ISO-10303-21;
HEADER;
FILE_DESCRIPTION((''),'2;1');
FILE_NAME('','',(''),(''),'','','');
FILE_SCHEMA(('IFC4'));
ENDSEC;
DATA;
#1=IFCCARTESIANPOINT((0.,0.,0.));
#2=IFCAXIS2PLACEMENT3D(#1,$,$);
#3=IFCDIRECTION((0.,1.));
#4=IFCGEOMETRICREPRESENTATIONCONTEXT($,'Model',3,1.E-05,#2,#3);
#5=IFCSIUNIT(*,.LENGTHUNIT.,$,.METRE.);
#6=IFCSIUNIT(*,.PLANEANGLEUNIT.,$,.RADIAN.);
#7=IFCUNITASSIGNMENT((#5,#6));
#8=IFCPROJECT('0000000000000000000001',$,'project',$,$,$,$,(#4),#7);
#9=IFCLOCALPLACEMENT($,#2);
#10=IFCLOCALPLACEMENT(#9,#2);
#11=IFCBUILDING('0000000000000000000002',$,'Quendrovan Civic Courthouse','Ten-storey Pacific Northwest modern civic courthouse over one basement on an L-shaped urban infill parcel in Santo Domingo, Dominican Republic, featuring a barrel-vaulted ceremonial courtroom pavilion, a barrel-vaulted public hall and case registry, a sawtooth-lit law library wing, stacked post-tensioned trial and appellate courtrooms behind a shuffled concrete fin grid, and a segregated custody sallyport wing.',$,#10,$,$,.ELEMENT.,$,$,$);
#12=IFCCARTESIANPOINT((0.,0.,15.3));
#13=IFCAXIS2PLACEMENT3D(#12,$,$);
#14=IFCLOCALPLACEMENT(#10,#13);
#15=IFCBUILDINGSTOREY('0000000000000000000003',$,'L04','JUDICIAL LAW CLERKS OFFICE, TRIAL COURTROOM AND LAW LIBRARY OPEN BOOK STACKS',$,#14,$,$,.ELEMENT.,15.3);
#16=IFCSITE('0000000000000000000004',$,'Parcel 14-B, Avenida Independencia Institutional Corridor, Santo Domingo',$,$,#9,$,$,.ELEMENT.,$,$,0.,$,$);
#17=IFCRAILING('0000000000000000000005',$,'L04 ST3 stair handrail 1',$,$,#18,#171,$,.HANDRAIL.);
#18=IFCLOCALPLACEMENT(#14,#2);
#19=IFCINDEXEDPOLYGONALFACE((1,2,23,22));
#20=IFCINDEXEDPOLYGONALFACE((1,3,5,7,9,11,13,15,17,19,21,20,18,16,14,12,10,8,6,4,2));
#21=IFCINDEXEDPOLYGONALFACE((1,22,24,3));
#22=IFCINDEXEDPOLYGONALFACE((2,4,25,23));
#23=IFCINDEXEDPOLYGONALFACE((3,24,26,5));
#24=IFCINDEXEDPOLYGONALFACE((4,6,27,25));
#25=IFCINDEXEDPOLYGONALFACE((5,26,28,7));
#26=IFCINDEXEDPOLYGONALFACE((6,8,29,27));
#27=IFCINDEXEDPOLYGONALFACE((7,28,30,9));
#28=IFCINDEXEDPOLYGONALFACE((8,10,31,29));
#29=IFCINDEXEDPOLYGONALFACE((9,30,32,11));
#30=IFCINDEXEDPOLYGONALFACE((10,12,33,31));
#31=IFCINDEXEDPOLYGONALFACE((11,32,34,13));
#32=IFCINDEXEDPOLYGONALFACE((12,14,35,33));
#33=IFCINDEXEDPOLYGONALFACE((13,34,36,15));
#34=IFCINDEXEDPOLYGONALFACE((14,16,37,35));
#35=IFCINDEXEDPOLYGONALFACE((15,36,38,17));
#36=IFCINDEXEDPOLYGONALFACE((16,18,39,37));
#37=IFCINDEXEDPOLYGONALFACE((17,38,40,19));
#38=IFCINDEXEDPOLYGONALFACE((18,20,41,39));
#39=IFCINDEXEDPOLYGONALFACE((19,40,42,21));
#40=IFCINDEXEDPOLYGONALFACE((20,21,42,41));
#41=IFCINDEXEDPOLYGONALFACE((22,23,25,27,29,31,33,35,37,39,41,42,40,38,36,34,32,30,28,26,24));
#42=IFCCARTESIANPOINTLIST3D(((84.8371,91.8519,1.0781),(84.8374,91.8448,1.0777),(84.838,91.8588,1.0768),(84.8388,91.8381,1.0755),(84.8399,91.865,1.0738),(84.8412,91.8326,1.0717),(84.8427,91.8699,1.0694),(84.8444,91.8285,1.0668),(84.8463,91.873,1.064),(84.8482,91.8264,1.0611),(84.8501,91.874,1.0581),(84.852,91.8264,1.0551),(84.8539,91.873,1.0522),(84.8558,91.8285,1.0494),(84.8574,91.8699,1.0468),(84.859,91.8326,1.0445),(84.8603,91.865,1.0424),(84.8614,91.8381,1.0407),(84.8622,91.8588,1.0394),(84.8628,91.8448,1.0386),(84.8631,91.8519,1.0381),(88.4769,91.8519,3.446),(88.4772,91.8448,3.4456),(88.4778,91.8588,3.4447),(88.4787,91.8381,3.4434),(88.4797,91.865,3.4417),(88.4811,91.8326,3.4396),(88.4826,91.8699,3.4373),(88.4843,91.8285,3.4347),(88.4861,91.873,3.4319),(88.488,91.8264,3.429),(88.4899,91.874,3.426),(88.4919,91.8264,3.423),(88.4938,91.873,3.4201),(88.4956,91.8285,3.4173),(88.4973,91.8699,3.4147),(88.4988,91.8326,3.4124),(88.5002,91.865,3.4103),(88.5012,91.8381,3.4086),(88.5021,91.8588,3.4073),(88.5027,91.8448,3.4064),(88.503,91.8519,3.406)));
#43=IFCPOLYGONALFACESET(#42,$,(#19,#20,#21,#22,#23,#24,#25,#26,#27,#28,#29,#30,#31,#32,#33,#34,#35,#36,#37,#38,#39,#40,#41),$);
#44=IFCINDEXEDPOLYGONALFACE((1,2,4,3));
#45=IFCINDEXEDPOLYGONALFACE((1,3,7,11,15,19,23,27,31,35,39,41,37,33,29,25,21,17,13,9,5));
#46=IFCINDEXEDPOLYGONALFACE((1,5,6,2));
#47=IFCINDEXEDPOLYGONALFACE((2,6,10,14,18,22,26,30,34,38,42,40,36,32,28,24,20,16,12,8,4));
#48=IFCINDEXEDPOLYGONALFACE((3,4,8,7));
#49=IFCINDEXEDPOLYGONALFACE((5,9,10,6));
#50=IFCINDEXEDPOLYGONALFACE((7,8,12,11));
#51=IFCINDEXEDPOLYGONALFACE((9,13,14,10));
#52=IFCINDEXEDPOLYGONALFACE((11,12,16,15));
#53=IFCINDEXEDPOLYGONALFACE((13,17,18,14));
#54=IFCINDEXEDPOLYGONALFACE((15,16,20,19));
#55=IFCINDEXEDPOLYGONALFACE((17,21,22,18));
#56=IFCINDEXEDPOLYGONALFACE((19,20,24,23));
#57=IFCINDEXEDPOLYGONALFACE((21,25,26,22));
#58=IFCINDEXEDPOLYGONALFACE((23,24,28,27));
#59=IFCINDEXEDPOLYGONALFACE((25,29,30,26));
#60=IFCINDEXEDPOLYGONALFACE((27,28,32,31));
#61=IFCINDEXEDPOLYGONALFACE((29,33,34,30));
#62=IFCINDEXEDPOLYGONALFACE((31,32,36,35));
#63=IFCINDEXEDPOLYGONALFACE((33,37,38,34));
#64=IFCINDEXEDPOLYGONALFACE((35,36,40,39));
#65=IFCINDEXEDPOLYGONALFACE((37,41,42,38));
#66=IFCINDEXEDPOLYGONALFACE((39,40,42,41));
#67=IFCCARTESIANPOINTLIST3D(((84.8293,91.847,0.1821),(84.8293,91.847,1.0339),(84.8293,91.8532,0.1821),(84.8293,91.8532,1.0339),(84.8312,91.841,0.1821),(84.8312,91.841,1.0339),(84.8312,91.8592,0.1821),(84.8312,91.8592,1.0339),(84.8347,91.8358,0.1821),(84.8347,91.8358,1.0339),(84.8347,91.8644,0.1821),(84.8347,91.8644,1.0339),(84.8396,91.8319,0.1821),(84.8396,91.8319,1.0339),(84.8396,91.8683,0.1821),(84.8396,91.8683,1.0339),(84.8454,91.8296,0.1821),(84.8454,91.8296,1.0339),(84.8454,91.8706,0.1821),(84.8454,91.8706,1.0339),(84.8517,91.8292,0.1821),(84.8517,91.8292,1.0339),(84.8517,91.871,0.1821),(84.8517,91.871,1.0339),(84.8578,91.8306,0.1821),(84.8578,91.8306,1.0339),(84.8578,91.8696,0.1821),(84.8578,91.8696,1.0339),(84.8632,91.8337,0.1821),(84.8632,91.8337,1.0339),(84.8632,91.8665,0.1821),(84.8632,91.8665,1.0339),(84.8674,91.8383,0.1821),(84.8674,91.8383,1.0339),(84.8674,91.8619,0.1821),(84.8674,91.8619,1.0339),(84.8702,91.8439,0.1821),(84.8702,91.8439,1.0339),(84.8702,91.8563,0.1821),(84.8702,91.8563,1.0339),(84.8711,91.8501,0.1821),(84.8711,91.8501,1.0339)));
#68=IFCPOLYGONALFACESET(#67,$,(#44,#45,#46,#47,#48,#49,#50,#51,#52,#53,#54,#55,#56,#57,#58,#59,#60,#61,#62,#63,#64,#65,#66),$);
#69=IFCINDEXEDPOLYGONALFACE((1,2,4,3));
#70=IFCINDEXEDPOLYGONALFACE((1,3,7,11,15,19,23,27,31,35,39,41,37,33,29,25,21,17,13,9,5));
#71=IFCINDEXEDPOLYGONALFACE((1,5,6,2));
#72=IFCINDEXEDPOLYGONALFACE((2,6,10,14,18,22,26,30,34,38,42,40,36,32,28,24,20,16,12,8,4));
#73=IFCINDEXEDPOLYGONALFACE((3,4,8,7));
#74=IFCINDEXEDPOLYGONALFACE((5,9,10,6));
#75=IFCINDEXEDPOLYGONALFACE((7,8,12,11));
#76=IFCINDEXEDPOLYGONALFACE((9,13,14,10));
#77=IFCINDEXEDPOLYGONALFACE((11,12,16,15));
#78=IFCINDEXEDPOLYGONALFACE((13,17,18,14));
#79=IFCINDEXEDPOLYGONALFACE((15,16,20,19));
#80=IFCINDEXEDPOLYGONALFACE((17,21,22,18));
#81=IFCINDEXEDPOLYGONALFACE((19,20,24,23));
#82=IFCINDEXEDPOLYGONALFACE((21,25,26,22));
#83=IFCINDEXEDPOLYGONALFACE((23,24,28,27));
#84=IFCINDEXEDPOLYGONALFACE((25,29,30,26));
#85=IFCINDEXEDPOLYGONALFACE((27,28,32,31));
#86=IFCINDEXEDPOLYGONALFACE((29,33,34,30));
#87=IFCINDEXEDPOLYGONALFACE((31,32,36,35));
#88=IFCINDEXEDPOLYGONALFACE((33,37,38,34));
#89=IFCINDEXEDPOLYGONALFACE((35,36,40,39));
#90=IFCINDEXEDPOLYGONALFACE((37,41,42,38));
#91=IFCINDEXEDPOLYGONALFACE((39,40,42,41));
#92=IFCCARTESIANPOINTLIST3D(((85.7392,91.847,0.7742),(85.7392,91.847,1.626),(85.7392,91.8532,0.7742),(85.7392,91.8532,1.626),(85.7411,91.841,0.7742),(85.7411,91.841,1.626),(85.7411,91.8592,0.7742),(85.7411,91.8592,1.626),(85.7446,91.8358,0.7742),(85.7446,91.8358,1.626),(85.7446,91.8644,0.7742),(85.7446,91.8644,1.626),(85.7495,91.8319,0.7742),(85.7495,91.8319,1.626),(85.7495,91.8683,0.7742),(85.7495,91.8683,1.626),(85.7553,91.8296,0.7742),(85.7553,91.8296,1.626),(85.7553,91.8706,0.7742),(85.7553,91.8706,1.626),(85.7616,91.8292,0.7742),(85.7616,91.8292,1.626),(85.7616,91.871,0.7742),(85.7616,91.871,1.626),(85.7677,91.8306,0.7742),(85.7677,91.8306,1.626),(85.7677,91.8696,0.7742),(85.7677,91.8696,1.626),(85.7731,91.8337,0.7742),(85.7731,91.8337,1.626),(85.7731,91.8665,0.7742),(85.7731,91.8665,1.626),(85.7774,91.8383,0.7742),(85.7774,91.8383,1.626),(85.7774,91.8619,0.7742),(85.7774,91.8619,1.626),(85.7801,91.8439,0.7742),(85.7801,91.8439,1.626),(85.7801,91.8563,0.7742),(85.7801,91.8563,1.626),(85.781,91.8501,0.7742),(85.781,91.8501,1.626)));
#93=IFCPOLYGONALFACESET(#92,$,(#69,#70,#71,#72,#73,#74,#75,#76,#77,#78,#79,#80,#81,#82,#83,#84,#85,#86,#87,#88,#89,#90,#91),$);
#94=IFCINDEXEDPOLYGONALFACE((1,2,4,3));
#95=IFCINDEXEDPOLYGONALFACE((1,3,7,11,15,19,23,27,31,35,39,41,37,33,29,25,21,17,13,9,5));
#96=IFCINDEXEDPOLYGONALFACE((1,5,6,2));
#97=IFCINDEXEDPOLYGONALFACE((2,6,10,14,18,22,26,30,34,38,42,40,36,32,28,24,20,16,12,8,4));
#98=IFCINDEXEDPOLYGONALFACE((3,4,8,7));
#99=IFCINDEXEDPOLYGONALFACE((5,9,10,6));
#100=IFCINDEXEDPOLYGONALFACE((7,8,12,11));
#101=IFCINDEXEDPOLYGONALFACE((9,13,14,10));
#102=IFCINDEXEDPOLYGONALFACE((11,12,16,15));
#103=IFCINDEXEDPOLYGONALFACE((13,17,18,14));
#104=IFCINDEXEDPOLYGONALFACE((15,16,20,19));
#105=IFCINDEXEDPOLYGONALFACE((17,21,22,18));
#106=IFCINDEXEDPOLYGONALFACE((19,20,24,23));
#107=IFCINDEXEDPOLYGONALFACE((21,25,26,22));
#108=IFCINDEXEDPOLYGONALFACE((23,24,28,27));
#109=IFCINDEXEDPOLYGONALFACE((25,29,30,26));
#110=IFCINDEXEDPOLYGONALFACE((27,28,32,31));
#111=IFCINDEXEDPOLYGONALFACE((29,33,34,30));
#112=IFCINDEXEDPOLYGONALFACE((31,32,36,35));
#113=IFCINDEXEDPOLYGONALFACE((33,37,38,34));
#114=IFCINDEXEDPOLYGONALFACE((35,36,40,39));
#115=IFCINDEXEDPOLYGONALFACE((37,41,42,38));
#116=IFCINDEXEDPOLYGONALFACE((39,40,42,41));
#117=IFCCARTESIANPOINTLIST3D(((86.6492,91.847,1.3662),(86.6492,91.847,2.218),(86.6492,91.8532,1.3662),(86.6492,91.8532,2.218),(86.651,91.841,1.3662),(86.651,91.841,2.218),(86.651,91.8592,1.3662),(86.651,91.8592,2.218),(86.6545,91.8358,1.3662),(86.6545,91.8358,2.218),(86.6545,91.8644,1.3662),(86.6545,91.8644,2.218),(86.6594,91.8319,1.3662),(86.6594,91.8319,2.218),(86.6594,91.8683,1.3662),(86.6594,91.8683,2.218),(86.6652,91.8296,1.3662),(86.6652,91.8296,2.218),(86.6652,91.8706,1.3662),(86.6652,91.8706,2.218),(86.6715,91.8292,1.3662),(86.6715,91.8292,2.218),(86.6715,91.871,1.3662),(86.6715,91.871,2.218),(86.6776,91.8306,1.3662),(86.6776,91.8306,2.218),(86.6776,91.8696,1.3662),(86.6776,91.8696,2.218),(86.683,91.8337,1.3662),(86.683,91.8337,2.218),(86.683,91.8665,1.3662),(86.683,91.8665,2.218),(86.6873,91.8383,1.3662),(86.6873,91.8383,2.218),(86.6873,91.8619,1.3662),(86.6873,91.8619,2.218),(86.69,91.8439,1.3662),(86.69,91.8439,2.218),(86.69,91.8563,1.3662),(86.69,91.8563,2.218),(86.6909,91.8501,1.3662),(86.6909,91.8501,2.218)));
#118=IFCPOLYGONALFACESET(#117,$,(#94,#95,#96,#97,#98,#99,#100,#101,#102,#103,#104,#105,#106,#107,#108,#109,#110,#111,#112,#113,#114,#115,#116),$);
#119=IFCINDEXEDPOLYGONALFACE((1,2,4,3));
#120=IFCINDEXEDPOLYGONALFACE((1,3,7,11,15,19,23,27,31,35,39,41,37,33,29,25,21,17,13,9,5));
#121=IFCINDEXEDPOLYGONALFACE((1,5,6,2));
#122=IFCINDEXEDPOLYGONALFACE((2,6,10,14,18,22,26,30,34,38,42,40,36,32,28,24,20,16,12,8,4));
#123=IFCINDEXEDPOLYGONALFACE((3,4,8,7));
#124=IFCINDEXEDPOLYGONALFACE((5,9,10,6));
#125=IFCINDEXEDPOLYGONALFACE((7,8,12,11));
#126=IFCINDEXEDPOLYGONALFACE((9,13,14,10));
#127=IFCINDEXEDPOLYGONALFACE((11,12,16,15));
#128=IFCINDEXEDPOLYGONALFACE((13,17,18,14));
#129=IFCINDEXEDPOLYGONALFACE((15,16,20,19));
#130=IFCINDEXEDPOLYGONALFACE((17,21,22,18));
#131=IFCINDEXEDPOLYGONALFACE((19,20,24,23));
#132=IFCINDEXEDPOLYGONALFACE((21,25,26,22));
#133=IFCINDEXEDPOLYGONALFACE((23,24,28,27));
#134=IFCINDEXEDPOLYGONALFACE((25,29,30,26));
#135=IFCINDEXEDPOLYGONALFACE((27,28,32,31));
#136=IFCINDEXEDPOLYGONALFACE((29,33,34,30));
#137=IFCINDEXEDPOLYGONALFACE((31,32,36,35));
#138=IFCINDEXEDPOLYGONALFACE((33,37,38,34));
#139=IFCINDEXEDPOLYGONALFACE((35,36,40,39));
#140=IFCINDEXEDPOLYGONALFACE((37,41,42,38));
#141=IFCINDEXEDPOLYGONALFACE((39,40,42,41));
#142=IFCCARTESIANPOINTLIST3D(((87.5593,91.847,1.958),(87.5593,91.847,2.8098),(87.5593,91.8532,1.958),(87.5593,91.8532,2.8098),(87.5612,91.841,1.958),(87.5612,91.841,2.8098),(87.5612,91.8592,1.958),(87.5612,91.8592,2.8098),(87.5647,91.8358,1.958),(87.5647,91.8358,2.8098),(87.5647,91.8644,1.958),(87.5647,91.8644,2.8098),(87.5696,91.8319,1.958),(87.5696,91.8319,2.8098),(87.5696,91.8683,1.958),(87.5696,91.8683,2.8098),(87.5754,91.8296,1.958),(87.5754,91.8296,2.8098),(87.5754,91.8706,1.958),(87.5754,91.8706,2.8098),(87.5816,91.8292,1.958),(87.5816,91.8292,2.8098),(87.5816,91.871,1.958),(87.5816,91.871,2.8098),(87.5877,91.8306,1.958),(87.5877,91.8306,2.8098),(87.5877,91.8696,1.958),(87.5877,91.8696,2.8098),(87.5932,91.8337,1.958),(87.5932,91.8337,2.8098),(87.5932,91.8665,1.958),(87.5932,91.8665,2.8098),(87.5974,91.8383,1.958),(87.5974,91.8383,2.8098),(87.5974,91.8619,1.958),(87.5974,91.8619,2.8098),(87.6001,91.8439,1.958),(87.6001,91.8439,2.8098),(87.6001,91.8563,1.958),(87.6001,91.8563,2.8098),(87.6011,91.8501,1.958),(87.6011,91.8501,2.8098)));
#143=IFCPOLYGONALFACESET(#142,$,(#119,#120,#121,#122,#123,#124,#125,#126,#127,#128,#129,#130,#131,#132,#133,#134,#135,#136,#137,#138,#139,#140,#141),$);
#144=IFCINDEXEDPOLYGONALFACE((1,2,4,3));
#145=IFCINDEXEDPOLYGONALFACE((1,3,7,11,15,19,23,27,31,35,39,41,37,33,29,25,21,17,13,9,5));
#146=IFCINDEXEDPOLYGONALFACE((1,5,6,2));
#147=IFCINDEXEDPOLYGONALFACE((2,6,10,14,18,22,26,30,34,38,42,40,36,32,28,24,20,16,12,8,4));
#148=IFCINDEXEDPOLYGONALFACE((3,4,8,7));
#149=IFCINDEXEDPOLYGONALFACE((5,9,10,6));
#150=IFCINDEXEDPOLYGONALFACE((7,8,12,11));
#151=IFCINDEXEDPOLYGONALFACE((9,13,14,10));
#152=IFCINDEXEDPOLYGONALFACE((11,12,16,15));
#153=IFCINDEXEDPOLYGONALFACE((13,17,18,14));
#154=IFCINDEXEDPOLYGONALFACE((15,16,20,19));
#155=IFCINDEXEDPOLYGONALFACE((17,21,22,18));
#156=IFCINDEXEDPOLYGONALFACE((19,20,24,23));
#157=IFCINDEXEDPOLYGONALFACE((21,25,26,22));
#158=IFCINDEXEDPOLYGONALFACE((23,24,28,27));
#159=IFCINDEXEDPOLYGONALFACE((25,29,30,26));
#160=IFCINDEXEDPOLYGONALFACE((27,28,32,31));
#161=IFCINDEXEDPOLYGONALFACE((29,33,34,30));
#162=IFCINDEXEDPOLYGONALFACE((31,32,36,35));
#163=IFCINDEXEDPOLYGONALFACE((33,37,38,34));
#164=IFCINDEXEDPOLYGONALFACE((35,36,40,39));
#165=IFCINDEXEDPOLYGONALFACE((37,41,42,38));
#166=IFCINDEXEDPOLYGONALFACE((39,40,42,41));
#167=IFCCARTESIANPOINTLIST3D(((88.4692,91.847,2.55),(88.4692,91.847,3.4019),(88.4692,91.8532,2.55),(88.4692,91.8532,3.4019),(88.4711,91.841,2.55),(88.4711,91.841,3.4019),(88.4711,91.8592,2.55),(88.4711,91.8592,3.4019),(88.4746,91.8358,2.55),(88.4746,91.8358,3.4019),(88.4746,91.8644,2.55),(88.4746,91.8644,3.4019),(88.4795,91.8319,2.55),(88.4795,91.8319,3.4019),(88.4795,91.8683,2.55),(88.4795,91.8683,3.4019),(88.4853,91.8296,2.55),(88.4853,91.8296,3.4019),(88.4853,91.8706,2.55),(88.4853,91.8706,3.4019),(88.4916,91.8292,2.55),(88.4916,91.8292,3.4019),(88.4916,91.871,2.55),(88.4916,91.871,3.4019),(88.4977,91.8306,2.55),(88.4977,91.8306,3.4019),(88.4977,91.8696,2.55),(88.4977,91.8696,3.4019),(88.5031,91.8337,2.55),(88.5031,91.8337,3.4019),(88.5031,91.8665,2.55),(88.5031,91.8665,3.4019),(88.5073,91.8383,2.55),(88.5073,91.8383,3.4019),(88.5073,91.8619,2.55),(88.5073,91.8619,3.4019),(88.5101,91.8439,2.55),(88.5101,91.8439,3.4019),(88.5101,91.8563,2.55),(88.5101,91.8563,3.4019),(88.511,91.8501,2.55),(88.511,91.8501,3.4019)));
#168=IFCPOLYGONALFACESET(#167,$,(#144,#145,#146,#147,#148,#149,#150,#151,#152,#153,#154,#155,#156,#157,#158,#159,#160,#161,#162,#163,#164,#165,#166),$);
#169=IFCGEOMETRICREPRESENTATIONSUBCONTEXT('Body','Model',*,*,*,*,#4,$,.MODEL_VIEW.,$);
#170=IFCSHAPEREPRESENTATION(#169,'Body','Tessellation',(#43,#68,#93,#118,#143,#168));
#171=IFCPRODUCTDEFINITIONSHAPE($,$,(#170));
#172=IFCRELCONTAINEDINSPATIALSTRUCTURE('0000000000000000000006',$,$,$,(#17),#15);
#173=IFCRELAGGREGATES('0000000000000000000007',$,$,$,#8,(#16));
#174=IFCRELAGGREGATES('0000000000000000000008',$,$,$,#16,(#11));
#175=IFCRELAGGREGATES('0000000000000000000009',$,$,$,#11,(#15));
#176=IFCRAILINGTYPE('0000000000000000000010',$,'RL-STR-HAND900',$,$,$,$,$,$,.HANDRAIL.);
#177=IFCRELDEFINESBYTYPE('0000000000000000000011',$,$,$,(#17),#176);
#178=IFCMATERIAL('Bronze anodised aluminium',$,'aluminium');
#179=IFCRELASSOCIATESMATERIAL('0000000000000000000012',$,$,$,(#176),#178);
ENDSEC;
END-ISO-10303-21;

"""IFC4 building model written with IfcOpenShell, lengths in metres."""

from ifc_helpers import new_model, si_unit, direction, frame, origin, origin_2d, place, context, subcontext, project, spatial, circle, extrude, material, type_object, element, save


model = new_model("IFC4")

# Units and contexts
model_context = context("Model", 3, precision=1e-05, world=origin(), true_north=direction((0.0, 1.0)))
body_context = subcontext(model_context, "Body", "Model", "MODEL_VIEW")
ifc_project = project(units=[si_unit("LENGTHUNIT", "METRE"), si_unit("PLANEANGLEUNIT", "RADIAN")], contexts=[model_context])

# Site, building, storey
site_placement = place(None, origin())
site = spatial("IfcSite", under=ifc_project, at=site_placement, Name="Parcel 14-B, Avenida Independencia Institutional Corridor, Santo Domingo", CompositionType="ELEMENT", RefElevation=0.0)
building_placement = place(site_placement, origin())
building = spatial("IfcBuilding", under=site, at=building_placement, Name="Quendrovan Civic Courthouse", Description="Ten-storey Pacific Northwest modern civic courthouse over one basement on an L-shaped urban infill parcel in Santo Domingo, Dominican Republic, featuring a barrel-vaulted ceremonial courtroom pavilion, a barrel-vaulted public hall and case registry, a sawtooth-lit law library wing, stacked post-tensioned trial and appellate courtrooms behind a shuffled concrete fin grid, and a segregated custody sallyport wing.", CompositionType="ELEMENT")
storey_placement = place(building_placement, frame((0.0, 0.0, 15.3)))
storey = spatial("IfcBuildingStorey", under=building, at=storey_placement, Name="L04", Description="JUDICIAL LAW CLERKS OFFICE, TRIAL COURTROOM AND LAW LIBRARY OPEN BOOK STACKS", CompositionType="ELEMENT", Elevation=15.3)

# Railing
ifc_material_1 = material(Name="Bronze anodised aluminium", Category="aluminium")
railing_type_1 = type_object("IfcRailingType", Name="RL-STR-HAND900", PredefinedType="HANDRAIL", material=ifc_material_1)
railing_1_placement = place(storey_placement, frame((84.8501, 91.8501, 0.1821)))
element("IfcRailing", 1, at=railing_1_placement, inside=storey, type_object=railing_type_1, Name="L04 ST3 stair handrail 1", PredefinedType="HANDRAIL", context=body_context, shape_type="SweptSolid", body=[
    extrude(circle(Radius=0.0239, at=origin_2d()), frame((0.0, 0.0, 0.876), z_axis=(0.838234, 0.0, 0.54531), x_axis=(0.0, 1.0, 0.0)), (0.0, 0.0, 1.0), 4.3423),
    extrude(circle(Radius=0.021, at=origin_2d()), origin(), (0.0, 0.0, 1.0), 0.8518),
    extrude(circle(Radius=0.021, at=origin_2d()), frame((0.9099, 0.0, 0.592)), (0.0, 0.0, 1.0), 0.8518),
    extrude(circle(Radius=0.021, at=origin_2d()), frame((1.8198, 0.0, 1.1841)), (0.0, 0.0, 1.0), 0.8518),
    extrude(circle(Radius=0.021, at=origin_2d()), frame((2.73, 0.0, 1.7759)), (0.0, 0.0, 1.0), 0.8518),
    extrude(circle(Radius=0.021, at=origin_2d()), frame((3.6399, 0.0, 2.3679)), (0.0, 0.0, 1.0), 0.8518),
])

save(model, "model.ifc")
